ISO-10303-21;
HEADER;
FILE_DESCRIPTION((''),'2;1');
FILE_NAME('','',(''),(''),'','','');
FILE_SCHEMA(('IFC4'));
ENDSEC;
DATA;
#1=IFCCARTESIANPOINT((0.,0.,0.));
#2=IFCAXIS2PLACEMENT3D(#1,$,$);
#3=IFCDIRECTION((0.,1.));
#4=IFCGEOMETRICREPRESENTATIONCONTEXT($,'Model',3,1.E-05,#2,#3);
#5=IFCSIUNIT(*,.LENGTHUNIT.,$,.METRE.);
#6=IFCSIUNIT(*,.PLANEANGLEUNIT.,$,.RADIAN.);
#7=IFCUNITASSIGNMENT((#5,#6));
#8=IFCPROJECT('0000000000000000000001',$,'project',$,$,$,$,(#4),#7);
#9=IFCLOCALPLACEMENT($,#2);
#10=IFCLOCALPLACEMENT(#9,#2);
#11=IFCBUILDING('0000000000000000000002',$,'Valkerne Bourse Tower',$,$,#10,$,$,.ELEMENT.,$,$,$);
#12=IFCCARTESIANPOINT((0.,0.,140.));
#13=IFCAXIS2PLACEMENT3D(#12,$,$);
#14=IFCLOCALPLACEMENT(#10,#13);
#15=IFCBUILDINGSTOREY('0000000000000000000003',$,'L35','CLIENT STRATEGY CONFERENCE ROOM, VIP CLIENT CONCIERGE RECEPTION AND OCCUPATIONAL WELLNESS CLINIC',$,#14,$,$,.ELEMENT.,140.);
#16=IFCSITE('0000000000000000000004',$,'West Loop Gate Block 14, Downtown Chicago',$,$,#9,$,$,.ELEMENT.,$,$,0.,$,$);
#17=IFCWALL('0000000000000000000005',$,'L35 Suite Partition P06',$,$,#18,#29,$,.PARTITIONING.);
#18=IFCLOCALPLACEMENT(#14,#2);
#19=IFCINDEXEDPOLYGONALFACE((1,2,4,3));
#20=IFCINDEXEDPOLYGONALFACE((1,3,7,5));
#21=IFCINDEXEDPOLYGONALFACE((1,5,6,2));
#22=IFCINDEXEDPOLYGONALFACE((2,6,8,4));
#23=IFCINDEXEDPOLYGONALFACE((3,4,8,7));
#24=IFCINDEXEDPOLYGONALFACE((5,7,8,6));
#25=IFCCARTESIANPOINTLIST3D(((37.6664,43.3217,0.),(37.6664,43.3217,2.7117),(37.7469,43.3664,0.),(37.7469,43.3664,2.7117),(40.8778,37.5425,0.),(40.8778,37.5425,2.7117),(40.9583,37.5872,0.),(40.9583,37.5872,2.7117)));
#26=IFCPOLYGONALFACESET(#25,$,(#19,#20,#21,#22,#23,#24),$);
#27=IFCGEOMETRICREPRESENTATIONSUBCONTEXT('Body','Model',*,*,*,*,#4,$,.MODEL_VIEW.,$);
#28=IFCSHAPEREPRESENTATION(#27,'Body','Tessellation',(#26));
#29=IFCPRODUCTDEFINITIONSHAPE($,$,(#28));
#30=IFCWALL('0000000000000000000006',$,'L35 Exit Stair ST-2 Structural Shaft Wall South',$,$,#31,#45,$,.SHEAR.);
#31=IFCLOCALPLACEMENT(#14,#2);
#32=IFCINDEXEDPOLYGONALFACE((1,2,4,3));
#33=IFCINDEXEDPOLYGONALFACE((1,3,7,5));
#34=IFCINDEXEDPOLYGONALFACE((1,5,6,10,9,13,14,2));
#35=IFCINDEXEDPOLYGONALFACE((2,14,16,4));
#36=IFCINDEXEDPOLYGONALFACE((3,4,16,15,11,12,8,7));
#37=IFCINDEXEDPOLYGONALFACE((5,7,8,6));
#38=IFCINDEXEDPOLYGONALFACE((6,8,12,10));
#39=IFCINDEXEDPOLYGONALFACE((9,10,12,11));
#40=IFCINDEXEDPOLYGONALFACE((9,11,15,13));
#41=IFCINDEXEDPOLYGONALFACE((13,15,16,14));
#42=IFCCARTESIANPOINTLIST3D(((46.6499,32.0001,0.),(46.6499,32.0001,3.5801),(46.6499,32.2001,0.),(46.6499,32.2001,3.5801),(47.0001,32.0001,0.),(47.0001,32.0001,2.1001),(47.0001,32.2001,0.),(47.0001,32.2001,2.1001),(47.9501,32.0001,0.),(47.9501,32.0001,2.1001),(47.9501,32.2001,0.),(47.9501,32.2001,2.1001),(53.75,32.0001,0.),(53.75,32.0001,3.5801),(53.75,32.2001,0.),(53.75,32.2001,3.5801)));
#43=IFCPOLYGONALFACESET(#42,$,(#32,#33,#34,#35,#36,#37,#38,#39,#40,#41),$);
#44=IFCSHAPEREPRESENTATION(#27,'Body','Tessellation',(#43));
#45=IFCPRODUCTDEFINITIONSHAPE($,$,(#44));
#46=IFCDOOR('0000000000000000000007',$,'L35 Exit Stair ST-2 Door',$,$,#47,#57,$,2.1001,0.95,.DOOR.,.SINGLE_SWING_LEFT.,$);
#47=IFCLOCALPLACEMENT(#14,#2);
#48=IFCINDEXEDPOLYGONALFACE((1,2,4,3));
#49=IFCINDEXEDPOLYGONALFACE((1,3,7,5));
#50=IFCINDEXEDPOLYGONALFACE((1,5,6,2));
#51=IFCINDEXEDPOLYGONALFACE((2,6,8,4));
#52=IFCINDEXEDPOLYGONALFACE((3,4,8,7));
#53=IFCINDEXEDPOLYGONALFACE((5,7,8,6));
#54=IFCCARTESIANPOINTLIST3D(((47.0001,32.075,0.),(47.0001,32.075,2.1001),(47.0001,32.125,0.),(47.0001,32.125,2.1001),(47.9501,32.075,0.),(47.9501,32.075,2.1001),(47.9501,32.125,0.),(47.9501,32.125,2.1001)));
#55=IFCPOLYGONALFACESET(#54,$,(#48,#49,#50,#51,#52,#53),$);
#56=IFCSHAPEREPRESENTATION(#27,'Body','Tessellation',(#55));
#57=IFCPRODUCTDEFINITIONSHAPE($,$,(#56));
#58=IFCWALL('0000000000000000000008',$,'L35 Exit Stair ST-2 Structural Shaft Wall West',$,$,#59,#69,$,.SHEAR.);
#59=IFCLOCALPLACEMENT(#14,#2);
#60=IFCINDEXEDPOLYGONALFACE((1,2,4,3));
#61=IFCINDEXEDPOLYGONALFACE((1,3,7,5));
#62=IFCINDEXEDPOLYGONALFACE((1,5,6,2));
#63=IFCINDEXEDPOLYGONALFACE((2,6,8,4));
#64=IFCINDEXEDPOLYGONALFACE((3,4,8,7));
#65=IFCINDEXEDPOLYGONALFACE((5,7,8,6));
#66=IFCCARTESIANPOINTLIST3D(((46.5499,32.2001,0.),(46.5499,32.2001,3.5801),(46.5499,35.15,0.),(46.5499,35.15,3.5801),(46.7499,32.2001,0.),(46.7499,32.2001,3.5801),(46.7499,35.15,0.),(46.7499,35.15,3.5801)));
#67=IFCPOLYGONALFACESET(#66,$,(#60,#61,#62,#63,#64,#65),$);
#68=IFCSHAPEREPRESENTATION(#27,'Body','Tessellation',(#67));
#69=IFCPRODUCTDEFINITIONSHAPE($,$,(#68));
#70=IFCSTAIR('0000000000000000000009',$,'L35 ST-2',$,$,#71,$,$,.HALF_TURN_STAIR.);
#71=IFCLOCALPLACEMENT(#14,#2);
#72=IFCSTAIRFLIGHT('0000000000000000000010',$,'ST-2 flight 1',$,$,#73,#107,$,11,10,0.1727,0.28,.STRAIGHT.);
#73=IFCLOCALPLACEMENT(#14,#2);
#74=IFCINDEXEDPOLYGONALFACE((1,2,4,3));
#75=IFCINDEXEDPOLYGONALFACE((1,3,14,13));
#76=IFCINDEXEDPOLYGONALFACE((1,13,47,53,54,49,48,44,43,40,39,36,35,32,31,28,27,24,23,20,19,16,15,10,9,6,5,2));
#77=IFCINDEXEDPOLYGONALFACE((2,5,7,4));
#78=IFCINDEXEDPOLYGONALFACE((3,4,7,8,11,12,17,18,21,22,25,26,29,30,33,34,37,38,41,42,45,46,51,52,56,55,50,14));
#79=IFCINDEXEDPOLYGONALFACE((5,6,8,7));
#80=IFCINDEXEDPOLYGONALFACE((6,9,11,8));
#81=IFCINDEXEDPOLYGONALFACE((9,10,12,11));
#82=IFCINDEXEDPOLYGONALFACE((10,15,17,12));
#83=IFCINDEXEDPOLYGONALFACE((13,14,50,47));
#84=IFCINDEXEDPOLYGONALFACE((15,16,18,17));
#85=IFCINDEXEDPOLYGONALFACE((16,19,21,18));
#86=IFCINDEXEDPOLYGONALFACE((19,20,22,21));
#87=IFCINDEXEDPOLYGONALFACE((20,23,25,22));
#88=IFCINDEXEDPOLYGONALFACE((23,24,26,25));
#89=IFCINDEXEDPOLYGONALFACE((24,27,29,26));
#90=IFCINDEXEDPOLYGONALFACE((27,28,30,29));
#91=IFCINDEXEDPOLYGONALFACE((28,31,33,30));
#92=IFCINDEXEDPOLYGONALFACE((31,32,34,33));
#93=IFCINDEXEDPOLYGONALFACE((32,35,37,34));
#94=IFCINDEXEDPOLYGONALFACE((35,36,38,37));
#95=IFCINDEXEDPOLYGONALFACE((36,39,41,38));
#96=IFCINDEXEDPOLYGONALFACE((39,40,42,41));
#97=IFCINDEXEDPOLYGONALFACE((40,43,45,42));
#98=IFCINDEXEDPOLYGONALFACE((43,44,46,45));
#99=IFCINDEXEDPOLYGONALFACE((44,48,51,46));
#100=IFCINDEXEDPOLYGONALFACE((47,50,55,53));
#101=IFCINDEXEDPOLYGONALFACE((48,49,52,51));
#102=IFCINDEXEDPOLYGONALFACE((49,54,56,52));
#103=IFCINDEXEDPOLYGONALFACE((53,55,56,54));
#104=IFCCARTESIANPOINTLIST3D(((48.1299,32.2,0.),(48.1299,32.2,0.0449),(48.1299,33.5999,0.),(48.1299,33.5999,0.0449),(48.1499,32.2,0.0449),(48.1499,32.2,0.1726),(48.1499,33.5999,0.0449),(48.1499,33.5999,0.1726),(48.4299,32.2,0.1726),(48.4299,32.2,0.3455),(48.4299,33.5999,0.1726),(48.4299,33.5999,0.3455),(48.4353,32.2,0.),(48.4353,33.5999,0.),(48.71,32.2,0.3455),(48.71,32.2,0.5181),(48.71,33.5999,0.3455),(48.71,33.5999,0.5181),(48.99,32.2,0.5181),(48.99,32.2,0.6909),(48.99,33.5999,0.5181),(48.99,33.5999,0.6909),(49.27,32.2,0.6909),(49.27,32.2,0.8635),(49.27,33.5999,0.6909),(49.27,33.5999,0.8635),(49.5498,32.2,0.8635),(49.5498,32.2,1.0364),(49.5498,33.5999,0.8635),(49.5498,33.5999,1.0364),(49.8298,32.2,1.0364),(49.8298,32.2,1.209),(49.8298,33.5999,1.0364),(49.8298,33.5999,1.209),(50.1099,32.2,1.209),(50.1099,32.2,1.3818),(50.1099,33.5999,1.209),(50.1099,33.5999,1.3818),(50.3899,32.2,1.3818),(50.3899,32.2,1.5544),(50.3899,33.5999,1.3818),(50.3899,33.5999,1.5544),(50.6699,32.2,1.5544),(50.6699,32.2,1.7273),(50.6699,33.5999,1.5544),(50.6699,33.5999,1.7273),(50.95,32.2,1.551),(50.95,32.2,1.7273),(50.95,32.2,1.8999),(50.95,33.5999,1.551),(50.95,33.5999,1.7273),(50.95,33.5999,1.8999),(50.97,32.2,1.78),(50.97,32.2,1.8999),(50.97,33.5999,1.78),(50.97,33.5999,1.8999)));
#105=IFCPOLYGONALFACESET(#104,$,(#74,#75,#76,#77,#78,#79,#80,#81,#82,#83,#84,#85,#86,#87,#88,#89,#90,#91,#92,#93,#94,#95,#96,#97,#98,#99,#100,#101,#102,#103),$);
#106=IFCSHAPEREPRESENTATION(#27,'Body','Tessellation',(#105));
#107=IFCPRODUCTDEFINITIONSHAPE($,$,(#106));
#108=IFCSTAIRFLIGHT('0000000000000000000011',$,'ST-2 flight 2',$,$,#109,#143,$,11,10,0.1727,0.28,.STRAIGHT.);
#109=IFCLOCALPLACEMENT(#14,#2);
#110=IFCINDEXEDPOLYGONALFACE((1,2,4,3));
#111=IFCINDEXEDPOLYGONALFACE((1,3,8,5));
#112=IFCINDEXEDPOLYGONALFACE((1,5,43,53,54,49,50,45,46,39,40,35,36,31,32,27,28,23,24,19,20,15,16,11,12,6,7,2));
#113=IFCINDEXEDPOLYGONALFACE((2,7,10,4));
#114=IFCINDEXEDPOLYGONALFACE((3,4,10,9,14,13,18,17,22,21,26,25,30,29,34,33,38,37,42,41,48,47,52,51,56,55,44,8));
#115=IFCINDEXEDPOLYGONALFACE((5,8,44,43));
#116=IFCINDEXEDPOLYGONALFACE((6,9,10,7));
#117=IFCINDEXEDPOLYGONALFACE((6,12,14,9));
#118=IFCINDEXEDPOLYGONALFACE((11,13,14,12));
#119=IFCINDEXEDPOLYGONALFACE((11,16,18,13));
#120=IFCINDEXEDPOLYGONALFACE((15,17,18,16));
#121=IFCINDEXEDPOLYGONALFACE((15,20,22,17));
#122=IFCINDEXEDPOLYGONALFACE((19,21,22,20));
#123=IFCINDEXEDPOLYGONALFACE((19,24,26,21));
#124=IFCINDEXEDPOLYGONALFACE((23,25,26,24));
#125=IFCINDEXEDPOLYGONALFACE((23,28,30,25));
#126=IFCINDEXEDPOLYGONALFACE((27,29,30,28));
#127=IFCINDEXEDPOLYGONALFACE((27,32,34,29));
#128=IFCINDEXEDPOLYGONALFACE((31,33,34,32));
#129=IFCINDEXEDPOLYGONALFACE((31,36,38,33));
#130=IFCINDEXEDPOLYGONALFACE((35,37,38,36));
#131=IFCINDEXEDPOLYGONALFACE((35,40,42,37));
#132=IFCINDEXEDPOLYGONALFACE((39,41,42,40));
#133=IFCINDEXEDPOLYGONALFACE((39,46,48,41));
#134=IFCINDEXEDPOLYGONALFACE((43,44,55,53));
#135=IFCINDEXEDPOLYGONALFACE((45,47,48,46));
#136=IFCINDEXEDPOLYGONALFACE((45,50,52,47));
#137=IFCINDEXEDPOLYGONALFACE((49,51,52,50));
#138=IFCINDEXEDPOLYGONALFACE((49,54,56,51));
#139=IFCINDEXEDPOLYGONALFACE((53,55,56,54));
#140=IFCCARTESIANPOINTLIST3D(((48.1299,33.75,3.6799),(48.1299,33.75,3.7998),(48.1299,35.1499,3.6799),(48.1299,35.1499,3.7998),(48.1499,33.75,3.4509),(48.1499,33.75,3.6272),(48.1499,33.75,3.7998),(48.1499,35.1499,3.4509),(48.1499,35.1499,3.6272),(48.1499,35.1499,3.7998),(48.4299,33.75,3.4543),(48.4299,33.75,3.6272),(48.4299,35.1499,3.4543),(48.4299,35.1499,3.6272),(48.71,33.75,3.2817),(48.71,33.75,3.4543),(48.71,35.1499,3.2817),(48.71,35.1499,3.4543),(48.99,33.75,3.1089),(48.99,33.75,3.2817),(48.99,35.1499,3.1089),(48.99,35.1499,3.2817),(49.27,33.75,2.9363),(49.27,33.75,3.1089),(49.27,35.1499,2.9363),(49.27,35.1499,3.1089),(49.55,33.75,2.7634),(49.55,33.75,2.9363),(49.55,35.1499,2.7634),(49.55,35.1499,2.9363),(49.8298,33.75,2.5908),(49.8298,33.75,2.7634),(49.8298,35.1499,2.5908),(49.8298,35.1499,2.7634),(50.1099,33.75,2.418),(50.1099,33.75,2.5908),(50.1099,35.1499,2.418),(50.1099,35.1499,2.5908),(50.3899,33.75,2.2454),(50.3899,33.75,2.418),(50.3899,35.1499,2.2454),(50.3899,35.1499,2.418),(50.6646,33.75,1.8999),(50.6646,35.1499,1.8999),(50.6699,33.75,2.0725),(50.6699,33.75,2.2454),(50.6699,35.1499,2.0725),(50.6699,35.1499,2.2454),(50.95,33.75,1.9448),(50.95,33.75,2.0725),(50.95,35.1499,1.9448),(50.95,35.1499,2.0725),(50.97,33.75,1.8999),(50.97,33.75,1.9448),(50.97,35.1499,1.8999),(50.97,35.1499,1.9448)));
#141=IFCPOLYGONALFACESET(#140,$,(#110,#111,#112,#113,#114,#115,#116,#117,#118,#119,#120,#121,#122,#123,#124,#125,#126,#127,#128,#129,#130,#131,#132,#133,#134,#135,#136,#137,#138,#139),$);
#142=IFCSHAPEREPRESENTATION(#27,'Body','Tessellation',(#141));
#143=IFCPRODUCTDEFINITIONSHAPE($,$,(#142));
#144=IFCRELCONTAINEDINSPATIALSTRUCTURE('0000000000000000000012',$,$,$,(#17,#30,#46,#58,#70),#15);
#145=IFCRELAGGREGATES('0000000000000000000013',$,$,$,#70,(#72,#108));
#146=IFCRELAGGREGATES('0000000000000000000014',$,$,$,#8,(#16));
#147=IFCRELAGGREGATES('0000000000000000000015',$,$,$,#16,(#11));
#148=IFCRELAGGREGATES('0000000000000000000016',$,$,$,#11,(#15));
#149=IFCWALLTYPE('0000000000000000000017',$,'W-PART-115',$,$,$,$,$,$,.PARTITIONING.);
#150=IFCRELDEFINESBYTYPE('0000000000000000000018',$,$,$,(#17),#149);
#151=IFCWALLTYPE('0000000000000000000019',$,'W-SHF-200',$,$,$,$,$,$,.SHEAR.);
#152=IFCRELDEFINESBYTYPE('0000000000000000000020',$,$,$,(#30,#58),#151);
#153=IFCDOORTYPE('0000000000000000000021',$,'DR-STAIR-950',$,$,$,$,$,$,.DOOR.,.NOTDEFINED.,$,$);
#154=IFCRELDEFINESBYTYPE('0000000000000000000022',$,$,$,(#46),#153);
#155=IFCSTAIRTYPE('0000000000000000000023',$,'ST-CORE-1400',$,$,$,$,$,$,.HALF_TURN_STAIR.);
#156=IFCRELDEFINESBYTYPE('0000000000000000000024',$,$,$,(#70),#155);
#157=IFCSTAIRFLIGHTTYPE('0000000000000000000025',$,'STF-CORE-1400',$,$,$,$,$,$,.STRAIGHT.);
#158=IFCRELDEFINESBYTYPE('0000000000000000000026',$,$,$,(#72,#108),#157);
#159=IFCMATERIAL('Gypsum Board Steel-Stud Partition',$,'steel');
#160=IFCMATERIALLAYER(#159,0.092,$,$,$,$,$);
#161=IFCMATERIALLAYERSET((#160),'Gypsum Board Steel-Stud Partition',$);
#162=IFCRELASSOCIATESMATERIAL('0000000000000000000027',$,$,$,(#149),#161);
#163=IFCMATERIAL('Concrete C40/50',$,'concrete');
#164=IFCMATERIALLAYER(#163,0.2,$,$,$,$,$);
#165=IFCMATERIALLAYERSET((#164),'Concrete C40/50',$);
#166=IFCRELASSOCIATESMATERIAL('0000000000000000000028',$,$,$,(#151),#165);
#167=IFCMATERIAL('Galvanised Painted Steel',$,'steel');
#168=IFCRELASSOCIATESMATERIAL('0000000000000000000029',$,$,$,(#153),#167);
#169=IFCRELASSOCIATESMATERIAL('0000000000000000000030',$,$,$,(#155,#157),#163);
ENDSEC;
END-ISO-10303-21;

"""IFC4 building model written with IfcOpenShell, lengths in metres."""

from ifc_helpers import new_model, si_unit, direction, frame, frame_2d, origin, place, context, subcontext, project, spatial, polyline, rectangle, outline, extrude, material, layer, layer_set, type_object, element, fill, aggregate, save


model = new_model("IFC4")

# Units and contexts
model_context = context("Model", 3, precision=1e-05, world=origin(), true_north=direction((0.0, 1.0)))
body_context = subcontext(model_context, "Body", "Model", "MODEL_VIEW")
ifc_project = project(units=[si_unit("LENGTHUNIT", "METRE"), si_unit("PLANEANGLEUNIT", "RADIAN")], contexts=[model_context])

# Site, building, storey
site_placement = place(None, origin())
site = spatial("IfcSite", under=ifc_project, at=site_placement, Name="West Loop Gate Block 14, Downtown Chicago", CompositionType="ELEMENT", RefElevation=0.0)
building_placement = place(site_placement, origin())
building = spatial("IfcBuilding", under=site, at=building_placement, Name="Valkerne Bourse Tower", CompositionType="ELEMENT")
storey_placement = place(building_placement, frame((0.0, 0.0, 140.0)))
storey = spatial("IfcBuildingStorey", under=building, at=storey_placement, Name="L35", Description="CLIENT STRATEGY CONFERENCE ROOM, VIP CLIENT CONCIERGE RECEPTION AND OCCUPATIONAL WELLNESS CLINIC", CompositionType="ELEMENT", Elevation=140.0)

# Shared definitions
ifc_material_1 = material(Name="Galvanised Painted Steel", Category="steel")

# Wall
ifc_material_2 = material(Name="Gypsum Board Steel-Stud Partition", Category="steel")
ifc_layer_1 = layer(ifc_material_2, 0.092)
ifc_layer_set_1 = layer_set([ifc_layer_1], Name="Gypsum Board Steel-Stud Partition")
wall_type_1 = type_object("IfcWallType", Name="W-PART-115", PredefinedType="PARTITIONING", material=ifc_layer_set_1)
wall_1_placement = place(storey_placement, frame((40.918, 37.5649, 0.0), z_axis=(0.0, 0.0, 1.0), x_axis=(-0.485724, 0.874112, 0.0)))
element("IfcWall", 1, at=wall_1_placement, inside=storey, type_object=wall_type_1, Name="L35 Suite Partition P06", PredefinedType="PARTITIONING", context=body_context, shape_type="SweptSolid", body=[
    extrude(rectangle(XDim=6.6116, YDim=0.092, at=frame_2d((3.3057, 0.0))), origin(), (0.0, 0.0, 1.0), 2.7117),
])

# Wall, opening, door
ifc_material_3 = material(Name="Concrete C40/50", Category="concrete")
ifc_layer_2 = layer(ifc_material_3, 0.2)
ifc_layer_set_2 = layer_set([ifc_layer_2], Name="Concrete C40/50")
wall_type_2 = type_object("IfcWallType", Name="W-SHF-200", PredefinedType="SHEAR", material=ifc_layer_set_2)
wall_2_placement = place(storey_placement, frame((46.6499, 32.1001, 0.0), z_axis=(0.0, 0.0, 1.0), x_axis=(1.0, 0.0, 0.0)))
wall_2 = element("IfcWall", 2, at=wall_2_placement, inside=storey, type_object=wall_type_2, Name="L35 Exit Stair ST-2 Structural Shaft Wall South", PredefinedType="SHEAR", context=body_context, shape_type="SweptSolid", body=[
    extrude(rectangle(XDim=7.1001, YDim=0.2, at=frame_2d((3.55, 0.0))), origin(), (0.0, 0.0, 1.0), 3.5801),
])
opening_1_placement = place(wall_2_placement, frame((0.3501, 0.0, 0.0)))
opening_1 = element("IfcOpeningElement", 3, at=opening_1_placement, cuts=wall_2, PredefinedType="OPENING", context=body_context, shape_type="SweptSolid", body=[
    extrude(rectangle(XDim=0.95, YDim=2.1001, at=frame_2d((0.4751, 1.05))), frame((0.0, 0.1099, 0.0), z_axis=(0.0, -1.0, 0.0), x_axis=(1.0, 0.0, 0.0)), (0.0, 0.0, 1.0), 0.22),
])
door_type_1 = type_object("IfcDoorType", Name="DR-STAIR-950", OperationType="NOTDEFINED", PredefinedType="DOOR", material=ifc_material_1)
door_1_placement = place(opening_1_placement, origin())
door_1 = element("IfcDoor", 4, at=door_1_placement, inside=storey, type_object=door_type_1, Name="L35 Exit Stair ST-2 Door", OperationType="SINGLE_SWING_LEFT", OverallHeight=2.1001, OverallWidth=0.95, PredefinedType="DOOR", context=body_context, shape_type="SweptSolid", body=[
    extrude(rectangle(XDim=0.95, YDim=2.1001, at=frame_2d((0.4751, 1.05))), frame((0.0, 0.0249, 0.0), z_axis=(0.0, -1.0, 0.0), x_axis=(1.0, 0.0, 0.0)), (0.0, 0.0, 1.0), 0.05),
])
fill(opening_1, door_1)

# Wall
wall_3_placement = place(storey_placement, frame((46.6499, 32.2, 0.0), z_axis=(0.0, 0.0, 1.0), x_axis=(0.0, 1.0, 0.0)))
element("IfcWall", 5, at=wall_3_placement, inside=storey, type_object=wall_type_2, Name="L35 Exit Stair ST-2 Structural Shaft Wall West", PredefinedType="SHEAR", context=body_context, shape_type="SweptSolid", body=[
    extrude(rectangle(XDim=2.95, YDim=0.2, at=frame_2d((1.4751, 0.0))), origin(), (0.0, 0.0, 1.0), 3.5801),
])

# Stair, stair flights
stair_type = type_object("IfcStairType", Name="ST-CORE-1400", PredefinedType="HALF_TURN_STAIR", material=ifc_material_3)
stair_placement = place(storey_placement, origin())
stair = element("IfcStair", 6, at=stair_placement, inside=storey, type_object=stair_type, Name="L35 ST-2", PredefinedType="HALF_TURN_STAIR")
stair_flight_type = type_object("IfcStairFlightType", Name="STF-CORE-1400", PredefinedType="STRAIGHT", material=ifc_material_3)
stair_flight_1_placement = place(storey_placement, frame((48.1499, 32.8999, 0.0), z_axis=(0.0, 0.0, 1.0), x_axis=(1.0, 0.0, 0.0)))
stair_flight_1 = element("IfcStairFlight", 7, at=stair_flight_1_placement, type_object=stair_flight_type, Name="ST-2 flight 1", NumberOfRisers=11, NumberOfTreads=10, PredefinedType="STRAIGHT", RiserHeight=0.1727, TreadLength=0.28, context=body_context, shape_type="SweptSolid", body=[
    extrude(outline(polyline([(-0.02, 0.0), (-0.02, 0.0449), (0.0, 0.0449), (0.0, 0.1726), (0.28, 0.1726), (0.28, 0.3455), (0.5601, 0.3455), (0.5601, 0.5181), (0.8401, 0.5181), (0.8401, 0.6909), (1.1201, 0.6909), (1.1201, 0.8635), (1.3999, 0.8635), (1.3999, 1.0364), (1.6799, 1.0364), (1.6799, 1.209), (1.96, 1.209), (1.96, 1.3818), (2.24, 1.3818), (2.24, 1.5544), (2.52, 1.5544), (2.52, 1.7273), (2.8, 1.7273), (2.8, 1.8999), (2.8201, 1.8999), (2.8201, 1.78), (2.8, 1.551), (0.2854, 0.0), (-0.02, 0.0)])), frame((0.0, 0.7, 0.0), z_axis=(0.0, -1.0, 0.0), x_axis=(1.0, 0.0, 0.0)), (0.0, 0.0, 1.0), 1.3999),
])
stair_flight_2_placement = place(storey_placement, frame((50.95, 34.45, 1.8999), z_axis=(0.0, 0.0, 1.0), x_axis=(-1.0, 0.0, 0.0)))
stair_flight_2 = element("IfcStairFlight", 8, at=stair_flight_2_placement, type_object=stair_flight_type, Name="ST-2 flight 2", NumberOfRisers=11, NumberOfTreads=10, PredefinedType="STRAIGHT", RiserHeight=0.1727, TreadLength=0.28, context=body_context, shape_type="SweptSolid", body=[
    extrude(outline(polyline([(-0.02, 0.0), (-0.02, 0.0449), (0.0, 0.0449), (0.0, 0.1726), (0.28, 0.1726), (0.28, 0.3455), (0.5601, 0.3455), (0.5601, 0.5181), (0.8401, 0.5181), (0.8401, 0.6909), (1.1201, 0.6909), (1.1201, 0.8635), (1.3999, 0.8635), (1.3999, 1.0364), (1.6799, 1.0364), (1.6799, 1.209), (1.96, 1.209), (1.96, 1.3818), (2.24, 1.3818), (2.24, 1.5544), (2.52, 1.5544), (2.52, 1.7273), (2.8, 1.7273), (2.8, 1.8999), (2.8201, 1.8999), (2.8201, 1.78), (2.8, 1.551), (0.2854, 0.0), (-0.02, 0.0)])), frame((0.0, 0.7, 0.0), z_axis=(0.0, -1.0, 0.0), x_axis=(1.0, 0.0, 0.0)), (0.0, 0.0, 1.0), 1.3999),
])
aggregate(stair, [stair_flight_1, stair_flight_2])

save(model, "model.ifc")
